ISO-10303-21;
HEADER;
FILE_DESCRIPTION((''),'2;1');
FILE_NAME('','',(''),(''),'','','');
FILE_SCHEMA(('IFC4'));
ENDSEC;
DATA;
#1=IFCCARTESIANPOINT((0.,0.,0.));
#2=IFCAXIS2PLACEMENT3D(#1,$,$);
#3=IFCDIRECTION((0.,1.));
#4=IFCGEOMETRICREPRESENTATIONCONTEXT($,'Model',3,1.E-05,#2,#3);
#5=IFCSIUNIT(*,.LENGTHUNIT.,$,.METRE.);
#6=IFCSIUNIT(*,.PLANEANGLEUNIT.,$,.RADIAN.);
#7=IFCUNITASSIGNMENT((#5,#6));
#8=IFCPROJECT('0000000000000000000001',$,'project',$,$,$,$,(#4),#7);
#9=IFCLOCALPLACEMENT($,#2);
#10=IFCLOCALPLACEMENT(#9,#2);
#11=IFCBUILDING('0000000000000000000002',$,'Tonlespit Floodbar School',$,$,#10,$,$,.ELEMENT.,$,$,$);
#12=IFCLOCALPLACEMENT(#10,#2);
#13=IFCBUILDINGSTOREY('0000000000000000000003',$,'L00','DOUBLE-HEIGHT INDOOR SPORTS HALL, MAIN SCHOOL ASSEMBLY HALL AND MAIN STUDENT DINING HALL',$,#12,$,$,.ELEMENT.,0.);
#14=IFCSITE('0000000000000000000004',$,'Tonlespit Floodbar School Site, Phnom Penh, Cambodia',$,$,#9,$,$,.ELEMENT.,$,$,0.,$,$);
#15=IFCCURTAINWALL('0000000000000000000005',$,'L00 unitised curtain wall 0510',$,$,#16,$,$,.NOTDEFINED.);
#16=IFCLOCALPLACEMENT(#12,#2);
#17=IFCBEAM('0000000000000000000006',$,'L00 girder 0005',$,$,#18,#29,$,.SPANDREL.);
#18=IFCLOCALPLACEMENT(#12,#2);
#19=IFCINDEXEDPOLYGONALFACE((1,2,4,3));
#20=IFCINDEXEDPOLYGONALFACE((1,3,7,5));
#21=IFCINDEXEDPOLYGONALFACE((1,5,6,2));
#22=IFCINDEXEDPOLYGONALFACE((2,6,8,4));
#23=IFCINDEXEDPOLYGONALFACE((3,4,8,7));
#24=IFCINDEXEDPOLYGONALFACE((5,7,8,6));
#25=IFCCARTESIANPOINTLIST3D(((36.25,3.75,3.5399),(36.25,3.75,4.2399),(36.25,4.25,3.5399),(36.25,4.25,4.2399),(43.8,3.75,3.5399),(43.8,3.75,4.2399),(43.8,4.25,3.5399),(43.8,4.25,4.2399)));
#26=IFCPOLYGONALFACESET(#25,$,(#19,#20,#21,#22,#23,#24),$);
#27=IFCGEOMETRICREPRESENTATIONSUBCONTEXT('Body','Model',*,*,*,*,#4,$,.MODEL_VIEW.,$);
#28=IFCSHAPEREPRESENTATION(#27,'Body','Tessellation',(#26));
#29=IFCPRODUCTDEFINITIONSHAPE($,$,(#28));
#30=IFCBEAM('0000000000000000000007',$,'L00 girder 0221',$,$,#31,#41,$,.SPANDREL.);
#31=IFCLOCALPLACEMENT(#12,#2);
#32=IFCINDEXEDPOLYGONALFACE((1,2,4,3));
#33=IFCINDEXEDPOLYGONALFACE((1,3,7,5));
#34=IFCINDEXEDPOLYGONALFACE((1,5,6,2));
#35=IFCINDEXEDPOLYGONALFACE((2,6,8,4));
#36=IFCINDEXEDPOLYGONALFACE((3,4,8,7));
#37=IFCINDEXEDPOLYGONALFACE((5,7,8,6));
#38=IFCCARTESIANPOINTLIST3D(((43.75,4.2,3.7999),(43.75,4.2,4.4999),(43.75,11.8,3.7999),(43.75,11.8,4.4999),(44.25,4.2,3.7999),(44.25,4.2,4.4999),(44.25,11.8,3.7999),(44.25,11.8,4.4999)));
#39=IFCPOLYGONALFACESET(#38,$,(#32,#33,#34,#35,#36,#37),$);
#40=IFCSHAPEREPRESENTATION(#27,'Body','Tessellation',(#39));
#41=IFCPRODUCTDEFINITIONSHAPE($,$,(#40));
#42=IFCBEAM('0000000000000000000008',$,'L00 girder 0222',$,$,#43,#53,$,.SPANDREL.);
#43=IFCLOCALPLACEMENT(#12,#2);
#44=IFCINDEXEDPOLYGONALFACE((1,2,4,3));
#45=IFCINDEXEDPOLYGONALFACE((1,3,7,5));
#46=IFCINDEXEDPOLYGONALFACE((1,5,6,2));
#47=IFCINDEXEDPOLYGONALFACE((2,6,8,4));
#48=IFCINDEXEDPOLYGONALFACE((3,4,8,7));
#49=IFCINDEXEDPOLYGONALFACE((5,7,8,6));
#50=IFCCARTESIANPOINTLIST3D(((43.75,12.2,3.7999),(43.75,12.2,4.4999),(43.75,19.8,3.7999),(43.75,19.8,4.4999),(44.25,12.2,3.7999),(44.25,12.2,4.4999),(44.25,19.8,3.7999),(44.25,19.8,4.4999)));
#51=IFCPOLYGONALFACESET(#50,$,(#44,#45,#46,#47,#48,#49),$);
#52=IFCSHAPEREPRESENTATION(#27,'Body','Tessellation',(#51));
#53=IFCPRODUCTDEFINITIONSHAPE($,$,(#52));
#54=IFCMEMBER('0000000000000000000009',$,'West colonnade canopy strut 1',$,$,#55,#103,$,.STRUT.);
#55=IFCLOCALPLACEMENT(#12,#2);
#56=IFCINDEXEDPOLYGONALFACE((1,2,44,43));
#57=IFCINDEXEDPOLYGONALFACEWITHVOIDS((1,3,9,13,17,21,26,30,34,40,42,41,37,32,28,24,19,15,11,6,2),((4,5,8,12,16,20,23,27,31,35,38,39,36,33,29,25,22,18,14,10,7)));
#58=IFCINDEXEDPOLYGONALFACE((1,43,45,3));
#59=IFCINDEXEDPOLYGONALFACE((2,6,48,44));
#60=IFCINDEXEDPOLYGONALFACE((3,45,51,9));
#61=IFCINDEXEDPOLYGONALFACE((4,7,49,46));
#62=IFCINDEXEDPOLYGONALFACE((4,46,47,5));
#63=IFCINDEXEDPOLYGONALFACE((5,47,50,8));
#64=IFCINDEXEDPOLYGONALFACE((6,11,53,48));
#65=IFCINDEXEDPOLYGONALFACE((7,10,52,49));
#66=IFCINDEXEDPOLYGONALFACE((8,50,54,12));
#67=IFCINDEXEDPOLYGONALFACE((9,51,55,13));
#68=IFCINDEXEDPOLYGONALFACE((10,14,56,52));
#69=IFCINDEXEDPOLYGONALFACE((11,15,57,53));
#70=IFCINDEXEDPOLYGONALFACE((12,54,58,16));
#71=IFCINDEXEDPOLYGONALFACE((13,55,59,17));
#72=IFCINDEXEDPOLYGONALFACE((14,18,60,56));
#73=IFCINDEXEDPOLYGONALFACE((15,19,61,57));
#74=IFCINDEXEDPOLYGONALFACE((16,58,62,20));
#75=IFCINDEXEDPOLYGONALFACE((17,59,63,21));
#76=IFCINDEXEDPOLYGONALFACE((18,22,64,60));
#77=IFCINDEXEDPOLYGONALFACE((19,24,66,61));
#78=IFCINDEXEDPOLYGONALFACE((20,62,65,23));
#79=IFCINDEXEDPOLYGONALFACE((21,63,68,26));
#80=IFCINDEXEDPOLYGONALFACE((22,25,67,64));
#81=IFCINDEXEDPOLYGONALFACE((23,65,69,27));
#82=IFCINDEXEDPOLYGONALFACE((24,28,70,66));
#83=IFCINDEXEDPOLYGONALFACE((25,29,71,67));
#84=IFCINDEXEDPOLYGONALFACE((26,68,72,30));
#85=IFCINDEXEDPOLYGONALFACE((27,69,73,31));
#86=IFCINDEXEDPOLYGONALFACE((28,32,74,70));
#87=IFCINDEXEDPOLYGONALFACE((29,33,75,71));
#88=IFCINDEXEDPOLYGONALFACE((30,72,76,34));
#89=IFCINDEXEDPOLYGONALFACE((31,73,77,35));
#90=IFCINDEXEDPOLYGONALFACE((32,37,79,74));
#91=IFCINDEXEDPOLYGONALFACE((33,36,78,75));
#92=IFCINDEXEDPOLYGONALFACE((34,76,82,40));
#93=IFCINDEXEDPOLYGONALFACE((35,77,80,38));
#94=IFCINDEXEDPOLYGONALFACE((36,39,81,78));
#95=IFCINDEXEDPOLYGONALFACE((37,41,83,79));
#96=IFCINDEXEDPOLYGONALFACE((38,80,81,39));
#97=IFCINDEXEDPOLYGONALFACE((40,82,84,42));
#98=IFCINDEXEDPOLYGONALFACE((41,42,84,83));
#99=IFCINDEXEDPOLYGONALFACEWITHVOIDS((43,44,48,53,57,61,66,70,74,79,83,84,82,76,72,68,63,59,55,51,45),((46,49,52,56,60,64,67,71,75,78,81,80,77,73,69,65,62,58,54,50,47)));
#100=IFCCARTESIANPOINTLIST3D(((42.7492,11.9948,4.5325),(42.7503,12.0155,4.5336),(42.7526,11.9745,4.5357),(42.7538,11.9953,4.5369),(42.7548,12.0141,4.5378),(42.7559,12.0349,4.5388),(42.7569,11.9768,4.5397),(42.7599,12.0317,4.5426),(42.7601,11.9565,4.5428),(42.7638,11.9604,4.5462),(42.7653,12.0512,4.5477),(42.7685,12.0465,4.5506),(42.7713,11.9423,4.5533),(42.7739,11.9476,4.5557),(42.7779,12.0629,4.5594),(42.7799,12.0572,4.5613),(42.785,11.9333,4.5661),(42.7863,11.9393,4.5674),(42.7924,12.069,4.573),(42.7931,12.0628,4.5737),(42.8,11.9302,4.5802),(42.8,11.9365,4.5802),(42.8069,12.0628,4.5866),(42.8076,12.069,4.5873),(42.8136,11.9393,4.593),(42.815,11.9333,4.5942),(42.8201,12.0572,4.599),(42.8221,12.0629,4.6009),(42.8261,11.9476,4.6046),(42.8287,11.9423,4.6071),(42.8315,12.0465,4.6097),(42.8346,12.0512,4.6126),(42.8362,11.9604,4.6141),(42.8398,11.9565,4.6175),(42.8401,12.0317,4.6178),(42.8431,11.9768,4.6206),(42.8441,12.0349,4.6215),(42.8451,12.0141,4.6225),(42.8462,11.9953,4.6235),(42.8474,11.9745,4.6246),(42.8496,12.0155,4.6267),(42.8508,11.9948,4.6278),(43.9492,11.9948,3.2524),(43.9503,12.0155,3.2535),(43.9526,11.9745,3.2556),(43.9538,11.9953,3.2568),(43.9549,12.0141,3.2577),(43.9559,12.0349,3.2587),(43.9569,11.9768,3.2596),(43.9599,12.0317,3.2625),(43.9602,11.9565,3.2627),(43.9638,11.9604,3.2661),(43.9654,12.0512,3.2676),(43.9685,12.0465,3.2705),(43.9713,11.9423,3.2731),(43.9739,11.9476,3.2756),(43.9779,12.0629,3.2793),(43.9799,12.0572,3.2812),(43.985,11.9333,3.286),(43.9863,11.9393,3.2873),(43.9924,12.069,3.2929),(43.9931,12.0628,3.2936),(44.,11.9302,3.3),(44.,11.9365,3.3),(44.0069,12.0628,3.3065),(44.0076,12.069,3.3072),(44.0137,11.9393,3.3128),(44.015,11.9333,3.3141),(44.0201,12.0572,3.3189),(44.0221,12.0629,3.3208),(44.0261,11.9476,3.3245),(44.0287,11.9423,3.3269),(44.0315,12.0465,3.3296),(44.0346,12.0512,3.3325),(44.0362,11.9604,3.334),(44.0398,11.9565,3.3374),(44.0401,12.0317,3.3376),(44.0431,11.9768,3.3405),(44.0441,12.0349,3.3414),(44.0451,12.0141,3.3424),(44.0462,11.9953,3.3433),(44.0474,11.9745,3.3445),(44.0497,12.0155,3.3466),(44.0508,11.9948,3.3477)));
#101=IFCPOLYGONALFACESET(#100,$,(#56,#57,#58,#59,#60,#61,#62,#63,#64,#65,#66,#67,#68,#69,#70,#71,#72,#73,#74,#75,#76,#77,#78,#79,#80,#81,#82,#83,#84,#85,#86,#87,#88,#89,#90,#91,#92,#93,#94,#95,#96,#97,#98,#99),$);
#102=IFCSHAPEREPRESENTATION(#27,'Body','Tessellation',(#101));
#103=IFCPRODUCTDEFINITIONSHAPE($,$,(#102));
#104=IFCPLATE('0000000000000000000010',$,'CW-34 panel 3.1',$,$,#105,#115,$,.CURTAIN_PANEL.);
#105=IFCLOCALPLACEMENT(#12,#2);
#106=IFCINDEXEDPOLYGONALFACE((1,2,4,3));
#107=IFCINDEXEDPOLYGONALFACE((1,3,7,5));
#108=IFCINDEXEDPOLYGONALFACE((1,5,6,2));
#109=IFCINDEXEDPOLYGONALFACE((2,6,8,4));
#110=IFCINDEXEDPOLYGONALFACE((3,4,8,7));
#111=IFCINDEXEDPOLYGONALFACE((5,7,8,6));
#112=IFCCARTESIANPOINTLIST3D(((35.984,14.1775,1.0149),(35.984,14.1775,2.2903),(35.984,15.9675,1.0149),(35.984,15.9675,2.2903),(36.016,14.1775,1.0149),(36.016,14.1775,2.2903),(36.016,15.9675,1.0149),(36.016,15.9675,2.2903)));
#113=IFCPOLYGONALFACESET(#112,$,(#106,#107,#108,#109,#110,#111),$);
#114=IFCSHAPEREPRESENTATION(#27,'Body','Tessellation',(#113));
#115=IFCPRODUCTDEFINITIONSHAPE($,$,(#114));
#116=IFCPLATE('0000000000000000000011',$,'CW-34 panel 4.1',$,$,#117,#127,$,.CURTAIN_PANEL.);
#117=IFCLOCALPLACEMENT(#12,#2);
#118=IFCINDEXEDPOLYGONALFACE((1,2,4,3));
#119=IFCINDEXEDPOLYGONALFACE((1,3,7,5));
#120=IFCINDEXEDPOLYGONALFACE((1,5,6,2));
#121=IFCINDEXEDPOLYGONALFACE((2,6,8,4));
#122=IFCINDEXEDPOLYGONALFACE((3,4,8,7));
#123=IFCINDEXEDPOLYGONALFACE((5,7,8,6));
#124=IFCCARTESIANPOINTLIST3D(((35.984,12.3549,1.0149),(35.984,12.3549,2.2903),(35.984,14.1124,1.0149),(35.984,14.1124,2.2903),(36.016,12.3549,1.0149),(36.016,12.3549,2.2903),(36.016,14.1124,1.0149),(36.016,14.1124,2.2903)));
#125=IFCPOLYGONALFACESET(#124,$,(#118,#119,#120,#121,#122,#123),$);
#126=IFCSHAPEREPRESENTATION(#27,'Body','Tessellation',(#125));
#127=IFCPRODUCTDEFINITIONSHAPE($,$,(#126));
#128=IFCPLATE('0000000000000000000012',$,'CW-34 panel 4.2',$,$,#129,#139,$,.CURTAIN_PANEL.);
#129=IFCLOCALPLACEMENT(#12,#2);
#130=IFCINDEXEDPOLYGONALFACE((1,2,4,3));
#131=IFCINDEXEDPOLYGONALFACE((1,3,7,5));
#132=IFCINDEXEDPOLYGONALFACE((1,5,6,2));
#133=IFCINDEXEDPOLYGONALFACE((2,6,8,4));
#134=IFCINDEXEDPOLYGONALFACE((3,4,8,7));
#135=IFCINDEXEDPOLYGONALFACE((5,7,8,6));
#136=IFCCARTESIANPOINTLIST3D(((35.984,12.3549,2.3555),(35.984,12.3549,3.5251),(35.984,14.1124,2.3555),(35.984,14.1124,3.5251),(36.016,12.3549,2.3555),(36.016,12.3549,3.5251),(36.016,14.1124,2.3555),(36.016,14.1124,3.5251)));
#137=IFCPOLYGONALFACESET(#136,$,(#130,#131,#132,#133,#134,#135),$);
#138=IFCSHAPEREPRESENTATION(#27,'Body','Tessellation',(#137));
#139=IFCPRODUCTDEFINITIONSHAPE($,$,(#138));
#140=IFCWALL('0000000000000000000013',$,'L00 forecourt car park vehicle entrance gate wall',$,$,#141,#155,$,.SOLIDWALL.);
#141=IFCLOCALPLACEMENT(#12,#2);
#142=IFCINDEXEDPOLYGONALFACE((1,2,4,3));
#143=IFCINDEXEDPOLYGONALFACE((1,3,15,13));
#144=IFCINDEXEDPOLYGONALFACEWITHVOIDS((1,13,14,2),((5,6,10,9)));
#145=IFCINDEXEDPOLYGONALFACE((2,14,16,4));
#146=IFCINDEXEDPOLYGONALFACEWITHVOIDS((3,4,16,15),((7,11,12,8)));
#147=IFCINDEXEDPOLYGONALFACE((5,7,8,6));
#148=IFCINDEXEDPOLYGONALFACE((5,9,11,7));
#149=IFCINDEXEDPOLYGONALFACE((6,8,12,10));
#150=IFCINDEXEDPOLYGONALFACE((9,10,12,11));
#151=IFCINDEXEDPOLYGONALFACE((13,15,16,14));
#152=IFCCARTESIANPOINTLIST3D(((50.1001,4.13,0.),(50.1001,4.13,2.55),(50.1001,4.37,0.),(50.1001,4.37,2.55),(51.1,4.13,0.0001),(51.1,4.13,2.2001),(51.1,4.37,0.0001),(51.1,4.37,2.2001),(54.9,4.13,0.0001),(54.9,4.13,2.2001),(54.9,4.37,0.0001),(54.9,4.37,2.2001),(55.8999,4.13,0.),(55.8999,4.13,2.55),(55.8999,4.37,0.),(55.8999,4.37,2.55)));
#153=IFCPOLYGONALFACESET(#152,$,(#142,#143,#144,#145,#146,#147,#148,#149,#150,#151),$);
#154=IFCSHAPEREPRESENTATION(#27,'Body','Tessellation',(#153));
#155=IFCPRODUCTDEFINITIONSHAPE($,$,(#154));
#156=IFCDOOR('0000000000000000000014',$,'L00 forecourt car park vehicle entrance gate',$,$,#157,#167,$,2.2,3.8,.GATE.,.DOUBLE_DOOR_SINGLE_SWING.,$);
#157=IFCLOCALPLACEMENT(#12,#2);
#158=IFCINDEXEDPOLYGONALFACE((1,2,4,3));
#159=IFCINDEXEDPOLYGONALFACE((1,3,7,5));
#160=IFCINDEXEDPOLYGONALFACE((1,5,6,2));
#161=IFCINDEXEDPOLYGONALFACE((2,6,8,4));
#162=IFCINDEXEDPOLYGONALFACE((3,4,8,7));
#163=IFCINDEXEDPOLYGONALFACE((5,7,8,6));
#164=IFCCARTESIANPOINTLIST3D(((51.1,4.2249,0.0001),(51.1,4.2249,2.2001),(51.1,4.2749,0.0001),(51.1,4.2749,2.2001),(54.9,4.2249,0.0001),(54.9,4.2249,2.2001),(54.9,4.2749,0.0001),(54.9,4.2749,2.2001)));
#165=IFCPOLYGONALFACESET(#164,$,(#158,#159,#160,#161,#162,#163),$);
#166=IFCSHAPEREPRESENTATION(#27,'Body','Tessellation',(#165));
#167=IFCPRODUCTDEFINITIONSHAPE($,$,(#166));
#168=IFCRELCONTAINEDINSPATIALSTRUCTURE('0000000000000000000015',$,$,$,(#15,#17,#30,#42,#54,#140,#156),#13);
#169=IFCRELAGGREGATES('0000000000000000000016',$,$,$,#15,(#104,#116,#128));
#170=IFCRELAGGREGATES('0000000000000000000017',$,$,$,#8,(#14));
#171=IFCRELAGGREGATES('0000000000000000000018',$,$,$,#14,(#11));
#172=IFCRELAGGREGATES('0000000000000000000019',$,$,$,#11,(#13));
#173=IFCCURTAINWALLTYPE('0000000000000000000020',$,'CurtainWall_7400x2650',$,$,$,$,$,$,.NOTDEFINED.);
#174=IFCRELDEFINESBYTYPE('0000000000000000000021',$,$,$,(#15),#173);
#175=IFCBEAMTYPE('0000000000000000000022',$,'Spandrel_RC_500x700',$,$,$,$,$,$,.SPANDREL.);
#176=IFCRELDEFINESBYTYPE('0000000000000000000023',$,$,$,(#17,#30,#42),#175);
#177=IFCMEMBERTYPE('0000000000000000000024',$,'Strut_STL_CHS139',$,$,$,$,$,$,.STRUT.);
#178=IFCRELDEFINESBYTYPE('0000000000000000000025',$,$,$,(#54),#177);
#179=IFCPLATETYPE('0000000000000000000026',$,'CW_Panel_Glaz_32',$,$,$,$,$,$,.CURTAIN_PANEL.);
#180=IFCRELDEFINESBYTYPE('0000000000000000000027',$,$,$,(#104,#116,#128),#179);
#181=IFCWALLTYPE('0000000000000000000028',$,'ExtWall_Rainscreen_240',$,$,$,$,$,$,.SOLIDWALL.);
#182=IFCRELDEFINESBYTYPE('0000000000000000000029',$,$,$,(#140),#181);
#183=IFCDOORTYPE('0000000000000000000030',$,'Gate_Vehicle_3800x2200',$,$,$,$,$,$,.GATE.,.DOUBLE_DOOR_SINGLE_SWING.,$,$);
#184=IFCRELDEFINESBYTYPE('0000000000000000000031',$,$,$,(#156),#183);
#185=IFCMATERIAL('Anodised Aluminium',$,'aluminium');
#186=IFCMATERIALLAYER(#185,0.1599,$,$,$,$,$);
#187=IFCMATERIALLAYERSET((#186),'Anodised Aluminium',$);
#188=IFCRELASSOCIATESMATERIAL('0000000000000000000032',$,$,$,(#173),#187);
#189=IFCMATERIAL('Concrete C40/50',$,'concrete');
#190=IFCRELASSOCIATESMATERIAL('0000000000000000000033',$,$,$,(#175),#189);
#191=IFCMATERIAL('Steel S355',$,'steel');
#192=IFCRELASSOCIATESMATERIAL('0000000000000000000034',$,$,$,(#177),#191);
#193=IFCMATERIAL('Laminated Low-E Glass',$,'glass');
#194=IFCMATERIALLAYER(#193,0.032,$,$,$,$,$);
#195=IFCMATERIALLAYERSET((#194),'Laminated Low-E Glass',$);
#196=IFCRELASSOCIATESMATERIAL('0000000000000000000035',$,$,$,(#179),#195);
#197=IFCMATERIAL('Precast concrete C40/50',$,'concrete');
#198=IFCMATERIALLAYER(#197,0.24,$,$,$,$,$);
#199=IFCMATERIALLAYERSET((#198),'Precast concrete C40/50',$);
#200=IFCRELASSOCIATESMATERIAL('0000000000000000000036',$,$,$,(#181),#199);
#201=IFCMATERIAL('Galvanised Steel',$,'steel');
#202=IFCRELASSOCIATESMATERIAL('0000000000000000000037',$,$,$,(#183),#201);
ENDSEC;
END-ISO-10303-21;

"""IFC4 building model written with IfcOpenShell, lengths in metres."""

from ifc_helpers import new_model, si_unit, direction, frame, frame_2d, origin, origin_2d, place, context, subcontext, project, spatial, rectangle, hollow_circle, extrude, material, layer, layer_set, material_profile, profile_set, type_object, element, fill, aggregate, save


model = new_model("IFC4")

# Units and contexts
model_context = context("Model", 3, precision=1e-05, world=origin(), true_north=direction((0.0, 1.0)))
body_context = subcontext(model_context, "Body", "Model", "MODEL_VIEW")
ifc_project = project(units=[si_unit("LENGTHUNIT", "METRE"), si_unit("PLANEANGLEUNIT", "RADIAN")], contexts=[model_context])

# Site, building, storey
site_placement = place(None, origin())
site = spatial("IfcSite", under=ifc_project, at=site_placement, Name="Tonlespit Floodbar School Site, Phnom Penh, Cambodia", CompositionType="ELEMENT", RefElevation=0.0)
building_placement = place(site_placement, origin())
building = spatial("IfcBuilding", under=site, at=building_placement, Name="Tonlespit Floodbar School", CompositionType="ELEMENT")
storey_placement = place(building_placement, origin())
storey = spatial("IfcBuildingStorey", under=building, at=storey_placement, Name="L00", Description="DOUBLE-HEIGHT INDOOR SPORTS HALL, MAIN SCHOOL ASSEMBLY HALL AND MAIN STUDENT DINING HALL", CompositionType="ELEMENT", Elevation=0.0)

# Shared definitions
ifc_material_1 = material(Name="Concrete C40/50", Category="concrete")

# Curtain wall
ifc_material_2 = material(Name="Anodised Aluminium", Category="aluminium")
ifc_layer_1 = layer(ifc_material_2, 0.1599)
ifc_layer_set_1 = layer_set([ifc_layer_1], Name="Anodised Aluminium")
curtain_wall_type = type_object("IfcCurtainWallType", Name="CurtainWall_7400x2650", PredefinedType="NOTDEFINED", material=ifc_layer_set_1)
curtain_wall_placement = place(storey_placement, origin())
curtain_wall = element("IfcCurtainWall", 1, at=curtain_wall_placement, inside=storey, type_object=curtain_wall_type, Name="L00 unitised curtain wall 0510", PredefinedType="NOTDEFINED")

# Beams
ifc_material_profile_1 = material_profile(ifc_material_1, rectangle(XDim=0.5, YDim=0.7, at=origin_2d()), Name="RC 500x700")
ifc_profile_set_1 = profile_set([ifc_material_profile_1], Name="Concrete C40/50")
beam_type_1 = type_object("IfcBeamType", Name="Spandrel_RC_500x700", PredefinedType="SPANDREL", material=ifc_profile_set_1)
beam_1_placement = place(storey_placement, frame((36.25, 4.0, 3.8899), z_axis=(1.0, 0.0, 0.0), x_axis=(0.0, 1.0, 0.0)))
element("IfcBeam", 2, at=beam_1_placement, inside=storey, type_object=beam_type_1, Name="L00 girder 0005", PredefinedType="SPANDREL", context=body_context, shape_type="SweptSolid", body=[
    extrude(rectangle(XDim=0.5, YDim=0.7, at=origin_2d()), origin(), (0.0, 0.0, 1.0), 7.55),
])
for number, where, z_axis, x_axis, name in (
    (3, (44.0, 4.2, 4.1499), (0.0, 1.0, 0.0), (-1.0, 0.0, 0.0), "L00 girder 0221"),
    (4, (44.0, 12.2, 4.1499), (0.0, 1.0, 0.0), (-1.0, 0.0, 0.0), "L00 girder 0222"),
):
    element("IfcBeam", number, at=place(storey_placement, frame(where, z_axis=z_axis, x_axis=x_axis)), inside=storey, type_object=beam_type_1, Name=name, PredefinedType="SPANDREL", context=body_context, shape_type="SweptSolid", body=[
        extrude(rectangle(XDim=0.5, YDim=0.7, at=origin_2d()), origin(), (0.0, 0.0, 1.0), 7.6001),
    ])

# Member
ifc_material_3 = material(Name="Steel S355", Category="steel")
ifc_material_profile_2 = material_profile(ifc_material_3, hollow_circle(Radius=0.0698, WallThickness=0.0063, at=origin_2d()), Name="CHS 139.7x6.3")
ifc_profile_set_2 = profile_set([ifc_material_profile_2], Name="Steel S355")
member_type_1 = type_object("IfcMemberType", Name="Strut_STL_CHS139", PredefinedType="STRUT", material=ifc_profile_set_2)
member_1_placement = place(storey_placement, frame((44.0, 12.0, 3.3), z_axis=(-0.683918, 0.0, 0.729559), x_axis=(0.0, -1.0, 0.0)))
element("IfcMember", 5, at=member_1_placement, inside=storey, type_object=member_type_1, Name="West colonnade canopy strut 1", PredefinedType="STRUT", context=body_context, shape_type="SweptSolid", body=[
    extrude(hollow_circle(Radius=0.0698, WallThickness=0.0063, at=origin_2d()), origin(), (0.0, 0.0, 1.0), 1.7546),
])

# Plates
ifc_material_4 = material(Name="Laminated Low-E Glass", Category="glass")
ifc_layer_2 = layer(ifc_material_4, 0.032)
ifc_layer_set_2 = layer_set([ifc_layer_2], Name="Laminated Low-E Glass")
plate_type = type_object("IfcPlateType", Name="CW_Panel_Glaz_32", PredefinedType="CURTAIN_PANEL", material=ifc_layer_set_2)
plate_1_placement = place(storey_placement, frame((36.0, 15.0725, 1.0149), z_axis=(0.0, 0.0, 1.0), x_axis=(0.0, -1.0, 0.0)))
plate_1 = element("IfcPlate", 6, at=plate_1_placement, type_object=plate_type, Name="CW-34 panel 3.1", PredefinedType="CURTAIN_PANEL", context=body_context, shape_type="SweptSolid", body=[
    extrude(rectangle(XDim=1.79, YDim=0.032, at=origin_2d()), origin(), (0.0, 0.0, 1.0), 1.2754),
])
plate_2_placement = place(storey_placement, frame((36.0, 13.2336, 1.0149), z_axis=(0.0, 0.0, 1.0), x_axis=(0.0, -1.0, 0.0)))
plate_2 = element("IfcPlate", 7, at=plate_2_placement, type_object=plate_type, Name="CW-34 panel 4.1", PredefinedType="CURTAIN_PANEL", context=body_context, shape_type="SweptSolid", body=[
    extrude(rectangle(XDim=1.7576, YDim=0.032, at=origin_2d()), origin(), (0.0, 0.0, 1.0), 1.2754),
])
plate_3_placement = place(storey_placement, frame((36.0, 13.2336, 2.3555), z_axis=(0.0, 0.0, 1.0), x_axis=(0.0, -1.0, 0.0)))
plate_3 = element("IfcPlate", 8, at=plate_3_placement, type_object=plate_type, Name="CW-34 panel 4.2", PredefinedType="CURTAIN_PANEL", context=body_context, shape_type="SweptSolid", body=[
    extrude(rectangle(XDim=1.7576, YDim=0.032, at=origin_2d()), origin(), (0.0, 0.0, 1.0), 1.1697),
])
aggregate(curtain_wall, [plate_1, plate_2, plate_3])

# Wall, opening, door
ifc_material_5 = material(Name="Precast concrete C40/50", Category="concrete")
ifc_layer_3 = layer(ifc_material_5, 0.24)
ifc_layer_set_3 = layer_set([ifc_layer_3], Name="Precast concrete C40/50")
wall_type_1 = type_object("IfcWallType", Name="ExtWall_Rainscreen_240", PredefinedType="SOLIDWALL", material=ifc_layer_set_3)
wall_1_placement = place(storey_placement, frame((50.1001, 4.25, 0.0), z_axis=(0.0, 0.0, 1.0), x_axis=(1.0, 0.0, 0.0)))
wall_1 = element("IfcWall", 9, at=wall_1_placement, inside=storey, type_object=wall_type_1, Name="L00 forecourt car park vehicle entrance gate wall", PredefinedType="SOLIDWALL", context=body_context, shape_type="SweptSolid", body=[
    extrude(rectangle(XDim=5.7998, YDim=0.24, at=frame_2d((2.8999, 0.0))), origin(), (0.0, 0.0, 1.0), 2.55),
])
opening_1_placement = place(wall_1_placement, frame((1.0, 0.0, 0.0)))
opening_1 = element("IfcOpeningElement", 10, at=opening_1_placement, cuts=wall_1, PredefinedType="OPENING", context=body_context, shape_type="SweptSolid", body=[
    extrude(rectangle(XDim=3.8, YDim=2.2, at=frame_2d((1.8999, 1.1001))), frame((0.0, 0.1299, 0.0), z_axis=(0.0, -1.0, 0.0), x_axis=(1.0, 0.0, 0.0)), (0.0, 0.0, 1.0), 0.26),
])
ifc_material_6 = material(Name="Galvanised Steel", Category="steel")
door_type_1 = type_object("IfcDoorType", Name="Gate_Vehicle_3800x2200", OperationType="DOUBLE_DOOR_SINGLE_SWING", PredefinedType="GATE", material=ifc_material_6)
door_1_placement = place(opening_1_placement, origin())
door_1 = element("IfcDoor", 11, at=door_1_placement, inside=storey, type_object=door_type_1, Name="L00 forecourt car park vehicle entrance gate", OperationType="DOUBLE_DOOR_SINGLE_SWING", OverallHeight=2.2, OverallWidth=3.8, PredefinedType="GATE", context=body_context, shape_type="SweptSolid", body=[
    extrude(rectangle(XDim=3.8, YDim=2.2, at=frame_2d((1.8999, 1.1001))), frame((0.0, 0.0249, 0.0), z_axis=(0.0, -1.0, 0.0), x_axis=(1.0, 0.0, 0.0)), (0.0, 0.0, 1.0), 0.05),
])
fill(opening_1, door_1)

save(model, "model.ifc")
